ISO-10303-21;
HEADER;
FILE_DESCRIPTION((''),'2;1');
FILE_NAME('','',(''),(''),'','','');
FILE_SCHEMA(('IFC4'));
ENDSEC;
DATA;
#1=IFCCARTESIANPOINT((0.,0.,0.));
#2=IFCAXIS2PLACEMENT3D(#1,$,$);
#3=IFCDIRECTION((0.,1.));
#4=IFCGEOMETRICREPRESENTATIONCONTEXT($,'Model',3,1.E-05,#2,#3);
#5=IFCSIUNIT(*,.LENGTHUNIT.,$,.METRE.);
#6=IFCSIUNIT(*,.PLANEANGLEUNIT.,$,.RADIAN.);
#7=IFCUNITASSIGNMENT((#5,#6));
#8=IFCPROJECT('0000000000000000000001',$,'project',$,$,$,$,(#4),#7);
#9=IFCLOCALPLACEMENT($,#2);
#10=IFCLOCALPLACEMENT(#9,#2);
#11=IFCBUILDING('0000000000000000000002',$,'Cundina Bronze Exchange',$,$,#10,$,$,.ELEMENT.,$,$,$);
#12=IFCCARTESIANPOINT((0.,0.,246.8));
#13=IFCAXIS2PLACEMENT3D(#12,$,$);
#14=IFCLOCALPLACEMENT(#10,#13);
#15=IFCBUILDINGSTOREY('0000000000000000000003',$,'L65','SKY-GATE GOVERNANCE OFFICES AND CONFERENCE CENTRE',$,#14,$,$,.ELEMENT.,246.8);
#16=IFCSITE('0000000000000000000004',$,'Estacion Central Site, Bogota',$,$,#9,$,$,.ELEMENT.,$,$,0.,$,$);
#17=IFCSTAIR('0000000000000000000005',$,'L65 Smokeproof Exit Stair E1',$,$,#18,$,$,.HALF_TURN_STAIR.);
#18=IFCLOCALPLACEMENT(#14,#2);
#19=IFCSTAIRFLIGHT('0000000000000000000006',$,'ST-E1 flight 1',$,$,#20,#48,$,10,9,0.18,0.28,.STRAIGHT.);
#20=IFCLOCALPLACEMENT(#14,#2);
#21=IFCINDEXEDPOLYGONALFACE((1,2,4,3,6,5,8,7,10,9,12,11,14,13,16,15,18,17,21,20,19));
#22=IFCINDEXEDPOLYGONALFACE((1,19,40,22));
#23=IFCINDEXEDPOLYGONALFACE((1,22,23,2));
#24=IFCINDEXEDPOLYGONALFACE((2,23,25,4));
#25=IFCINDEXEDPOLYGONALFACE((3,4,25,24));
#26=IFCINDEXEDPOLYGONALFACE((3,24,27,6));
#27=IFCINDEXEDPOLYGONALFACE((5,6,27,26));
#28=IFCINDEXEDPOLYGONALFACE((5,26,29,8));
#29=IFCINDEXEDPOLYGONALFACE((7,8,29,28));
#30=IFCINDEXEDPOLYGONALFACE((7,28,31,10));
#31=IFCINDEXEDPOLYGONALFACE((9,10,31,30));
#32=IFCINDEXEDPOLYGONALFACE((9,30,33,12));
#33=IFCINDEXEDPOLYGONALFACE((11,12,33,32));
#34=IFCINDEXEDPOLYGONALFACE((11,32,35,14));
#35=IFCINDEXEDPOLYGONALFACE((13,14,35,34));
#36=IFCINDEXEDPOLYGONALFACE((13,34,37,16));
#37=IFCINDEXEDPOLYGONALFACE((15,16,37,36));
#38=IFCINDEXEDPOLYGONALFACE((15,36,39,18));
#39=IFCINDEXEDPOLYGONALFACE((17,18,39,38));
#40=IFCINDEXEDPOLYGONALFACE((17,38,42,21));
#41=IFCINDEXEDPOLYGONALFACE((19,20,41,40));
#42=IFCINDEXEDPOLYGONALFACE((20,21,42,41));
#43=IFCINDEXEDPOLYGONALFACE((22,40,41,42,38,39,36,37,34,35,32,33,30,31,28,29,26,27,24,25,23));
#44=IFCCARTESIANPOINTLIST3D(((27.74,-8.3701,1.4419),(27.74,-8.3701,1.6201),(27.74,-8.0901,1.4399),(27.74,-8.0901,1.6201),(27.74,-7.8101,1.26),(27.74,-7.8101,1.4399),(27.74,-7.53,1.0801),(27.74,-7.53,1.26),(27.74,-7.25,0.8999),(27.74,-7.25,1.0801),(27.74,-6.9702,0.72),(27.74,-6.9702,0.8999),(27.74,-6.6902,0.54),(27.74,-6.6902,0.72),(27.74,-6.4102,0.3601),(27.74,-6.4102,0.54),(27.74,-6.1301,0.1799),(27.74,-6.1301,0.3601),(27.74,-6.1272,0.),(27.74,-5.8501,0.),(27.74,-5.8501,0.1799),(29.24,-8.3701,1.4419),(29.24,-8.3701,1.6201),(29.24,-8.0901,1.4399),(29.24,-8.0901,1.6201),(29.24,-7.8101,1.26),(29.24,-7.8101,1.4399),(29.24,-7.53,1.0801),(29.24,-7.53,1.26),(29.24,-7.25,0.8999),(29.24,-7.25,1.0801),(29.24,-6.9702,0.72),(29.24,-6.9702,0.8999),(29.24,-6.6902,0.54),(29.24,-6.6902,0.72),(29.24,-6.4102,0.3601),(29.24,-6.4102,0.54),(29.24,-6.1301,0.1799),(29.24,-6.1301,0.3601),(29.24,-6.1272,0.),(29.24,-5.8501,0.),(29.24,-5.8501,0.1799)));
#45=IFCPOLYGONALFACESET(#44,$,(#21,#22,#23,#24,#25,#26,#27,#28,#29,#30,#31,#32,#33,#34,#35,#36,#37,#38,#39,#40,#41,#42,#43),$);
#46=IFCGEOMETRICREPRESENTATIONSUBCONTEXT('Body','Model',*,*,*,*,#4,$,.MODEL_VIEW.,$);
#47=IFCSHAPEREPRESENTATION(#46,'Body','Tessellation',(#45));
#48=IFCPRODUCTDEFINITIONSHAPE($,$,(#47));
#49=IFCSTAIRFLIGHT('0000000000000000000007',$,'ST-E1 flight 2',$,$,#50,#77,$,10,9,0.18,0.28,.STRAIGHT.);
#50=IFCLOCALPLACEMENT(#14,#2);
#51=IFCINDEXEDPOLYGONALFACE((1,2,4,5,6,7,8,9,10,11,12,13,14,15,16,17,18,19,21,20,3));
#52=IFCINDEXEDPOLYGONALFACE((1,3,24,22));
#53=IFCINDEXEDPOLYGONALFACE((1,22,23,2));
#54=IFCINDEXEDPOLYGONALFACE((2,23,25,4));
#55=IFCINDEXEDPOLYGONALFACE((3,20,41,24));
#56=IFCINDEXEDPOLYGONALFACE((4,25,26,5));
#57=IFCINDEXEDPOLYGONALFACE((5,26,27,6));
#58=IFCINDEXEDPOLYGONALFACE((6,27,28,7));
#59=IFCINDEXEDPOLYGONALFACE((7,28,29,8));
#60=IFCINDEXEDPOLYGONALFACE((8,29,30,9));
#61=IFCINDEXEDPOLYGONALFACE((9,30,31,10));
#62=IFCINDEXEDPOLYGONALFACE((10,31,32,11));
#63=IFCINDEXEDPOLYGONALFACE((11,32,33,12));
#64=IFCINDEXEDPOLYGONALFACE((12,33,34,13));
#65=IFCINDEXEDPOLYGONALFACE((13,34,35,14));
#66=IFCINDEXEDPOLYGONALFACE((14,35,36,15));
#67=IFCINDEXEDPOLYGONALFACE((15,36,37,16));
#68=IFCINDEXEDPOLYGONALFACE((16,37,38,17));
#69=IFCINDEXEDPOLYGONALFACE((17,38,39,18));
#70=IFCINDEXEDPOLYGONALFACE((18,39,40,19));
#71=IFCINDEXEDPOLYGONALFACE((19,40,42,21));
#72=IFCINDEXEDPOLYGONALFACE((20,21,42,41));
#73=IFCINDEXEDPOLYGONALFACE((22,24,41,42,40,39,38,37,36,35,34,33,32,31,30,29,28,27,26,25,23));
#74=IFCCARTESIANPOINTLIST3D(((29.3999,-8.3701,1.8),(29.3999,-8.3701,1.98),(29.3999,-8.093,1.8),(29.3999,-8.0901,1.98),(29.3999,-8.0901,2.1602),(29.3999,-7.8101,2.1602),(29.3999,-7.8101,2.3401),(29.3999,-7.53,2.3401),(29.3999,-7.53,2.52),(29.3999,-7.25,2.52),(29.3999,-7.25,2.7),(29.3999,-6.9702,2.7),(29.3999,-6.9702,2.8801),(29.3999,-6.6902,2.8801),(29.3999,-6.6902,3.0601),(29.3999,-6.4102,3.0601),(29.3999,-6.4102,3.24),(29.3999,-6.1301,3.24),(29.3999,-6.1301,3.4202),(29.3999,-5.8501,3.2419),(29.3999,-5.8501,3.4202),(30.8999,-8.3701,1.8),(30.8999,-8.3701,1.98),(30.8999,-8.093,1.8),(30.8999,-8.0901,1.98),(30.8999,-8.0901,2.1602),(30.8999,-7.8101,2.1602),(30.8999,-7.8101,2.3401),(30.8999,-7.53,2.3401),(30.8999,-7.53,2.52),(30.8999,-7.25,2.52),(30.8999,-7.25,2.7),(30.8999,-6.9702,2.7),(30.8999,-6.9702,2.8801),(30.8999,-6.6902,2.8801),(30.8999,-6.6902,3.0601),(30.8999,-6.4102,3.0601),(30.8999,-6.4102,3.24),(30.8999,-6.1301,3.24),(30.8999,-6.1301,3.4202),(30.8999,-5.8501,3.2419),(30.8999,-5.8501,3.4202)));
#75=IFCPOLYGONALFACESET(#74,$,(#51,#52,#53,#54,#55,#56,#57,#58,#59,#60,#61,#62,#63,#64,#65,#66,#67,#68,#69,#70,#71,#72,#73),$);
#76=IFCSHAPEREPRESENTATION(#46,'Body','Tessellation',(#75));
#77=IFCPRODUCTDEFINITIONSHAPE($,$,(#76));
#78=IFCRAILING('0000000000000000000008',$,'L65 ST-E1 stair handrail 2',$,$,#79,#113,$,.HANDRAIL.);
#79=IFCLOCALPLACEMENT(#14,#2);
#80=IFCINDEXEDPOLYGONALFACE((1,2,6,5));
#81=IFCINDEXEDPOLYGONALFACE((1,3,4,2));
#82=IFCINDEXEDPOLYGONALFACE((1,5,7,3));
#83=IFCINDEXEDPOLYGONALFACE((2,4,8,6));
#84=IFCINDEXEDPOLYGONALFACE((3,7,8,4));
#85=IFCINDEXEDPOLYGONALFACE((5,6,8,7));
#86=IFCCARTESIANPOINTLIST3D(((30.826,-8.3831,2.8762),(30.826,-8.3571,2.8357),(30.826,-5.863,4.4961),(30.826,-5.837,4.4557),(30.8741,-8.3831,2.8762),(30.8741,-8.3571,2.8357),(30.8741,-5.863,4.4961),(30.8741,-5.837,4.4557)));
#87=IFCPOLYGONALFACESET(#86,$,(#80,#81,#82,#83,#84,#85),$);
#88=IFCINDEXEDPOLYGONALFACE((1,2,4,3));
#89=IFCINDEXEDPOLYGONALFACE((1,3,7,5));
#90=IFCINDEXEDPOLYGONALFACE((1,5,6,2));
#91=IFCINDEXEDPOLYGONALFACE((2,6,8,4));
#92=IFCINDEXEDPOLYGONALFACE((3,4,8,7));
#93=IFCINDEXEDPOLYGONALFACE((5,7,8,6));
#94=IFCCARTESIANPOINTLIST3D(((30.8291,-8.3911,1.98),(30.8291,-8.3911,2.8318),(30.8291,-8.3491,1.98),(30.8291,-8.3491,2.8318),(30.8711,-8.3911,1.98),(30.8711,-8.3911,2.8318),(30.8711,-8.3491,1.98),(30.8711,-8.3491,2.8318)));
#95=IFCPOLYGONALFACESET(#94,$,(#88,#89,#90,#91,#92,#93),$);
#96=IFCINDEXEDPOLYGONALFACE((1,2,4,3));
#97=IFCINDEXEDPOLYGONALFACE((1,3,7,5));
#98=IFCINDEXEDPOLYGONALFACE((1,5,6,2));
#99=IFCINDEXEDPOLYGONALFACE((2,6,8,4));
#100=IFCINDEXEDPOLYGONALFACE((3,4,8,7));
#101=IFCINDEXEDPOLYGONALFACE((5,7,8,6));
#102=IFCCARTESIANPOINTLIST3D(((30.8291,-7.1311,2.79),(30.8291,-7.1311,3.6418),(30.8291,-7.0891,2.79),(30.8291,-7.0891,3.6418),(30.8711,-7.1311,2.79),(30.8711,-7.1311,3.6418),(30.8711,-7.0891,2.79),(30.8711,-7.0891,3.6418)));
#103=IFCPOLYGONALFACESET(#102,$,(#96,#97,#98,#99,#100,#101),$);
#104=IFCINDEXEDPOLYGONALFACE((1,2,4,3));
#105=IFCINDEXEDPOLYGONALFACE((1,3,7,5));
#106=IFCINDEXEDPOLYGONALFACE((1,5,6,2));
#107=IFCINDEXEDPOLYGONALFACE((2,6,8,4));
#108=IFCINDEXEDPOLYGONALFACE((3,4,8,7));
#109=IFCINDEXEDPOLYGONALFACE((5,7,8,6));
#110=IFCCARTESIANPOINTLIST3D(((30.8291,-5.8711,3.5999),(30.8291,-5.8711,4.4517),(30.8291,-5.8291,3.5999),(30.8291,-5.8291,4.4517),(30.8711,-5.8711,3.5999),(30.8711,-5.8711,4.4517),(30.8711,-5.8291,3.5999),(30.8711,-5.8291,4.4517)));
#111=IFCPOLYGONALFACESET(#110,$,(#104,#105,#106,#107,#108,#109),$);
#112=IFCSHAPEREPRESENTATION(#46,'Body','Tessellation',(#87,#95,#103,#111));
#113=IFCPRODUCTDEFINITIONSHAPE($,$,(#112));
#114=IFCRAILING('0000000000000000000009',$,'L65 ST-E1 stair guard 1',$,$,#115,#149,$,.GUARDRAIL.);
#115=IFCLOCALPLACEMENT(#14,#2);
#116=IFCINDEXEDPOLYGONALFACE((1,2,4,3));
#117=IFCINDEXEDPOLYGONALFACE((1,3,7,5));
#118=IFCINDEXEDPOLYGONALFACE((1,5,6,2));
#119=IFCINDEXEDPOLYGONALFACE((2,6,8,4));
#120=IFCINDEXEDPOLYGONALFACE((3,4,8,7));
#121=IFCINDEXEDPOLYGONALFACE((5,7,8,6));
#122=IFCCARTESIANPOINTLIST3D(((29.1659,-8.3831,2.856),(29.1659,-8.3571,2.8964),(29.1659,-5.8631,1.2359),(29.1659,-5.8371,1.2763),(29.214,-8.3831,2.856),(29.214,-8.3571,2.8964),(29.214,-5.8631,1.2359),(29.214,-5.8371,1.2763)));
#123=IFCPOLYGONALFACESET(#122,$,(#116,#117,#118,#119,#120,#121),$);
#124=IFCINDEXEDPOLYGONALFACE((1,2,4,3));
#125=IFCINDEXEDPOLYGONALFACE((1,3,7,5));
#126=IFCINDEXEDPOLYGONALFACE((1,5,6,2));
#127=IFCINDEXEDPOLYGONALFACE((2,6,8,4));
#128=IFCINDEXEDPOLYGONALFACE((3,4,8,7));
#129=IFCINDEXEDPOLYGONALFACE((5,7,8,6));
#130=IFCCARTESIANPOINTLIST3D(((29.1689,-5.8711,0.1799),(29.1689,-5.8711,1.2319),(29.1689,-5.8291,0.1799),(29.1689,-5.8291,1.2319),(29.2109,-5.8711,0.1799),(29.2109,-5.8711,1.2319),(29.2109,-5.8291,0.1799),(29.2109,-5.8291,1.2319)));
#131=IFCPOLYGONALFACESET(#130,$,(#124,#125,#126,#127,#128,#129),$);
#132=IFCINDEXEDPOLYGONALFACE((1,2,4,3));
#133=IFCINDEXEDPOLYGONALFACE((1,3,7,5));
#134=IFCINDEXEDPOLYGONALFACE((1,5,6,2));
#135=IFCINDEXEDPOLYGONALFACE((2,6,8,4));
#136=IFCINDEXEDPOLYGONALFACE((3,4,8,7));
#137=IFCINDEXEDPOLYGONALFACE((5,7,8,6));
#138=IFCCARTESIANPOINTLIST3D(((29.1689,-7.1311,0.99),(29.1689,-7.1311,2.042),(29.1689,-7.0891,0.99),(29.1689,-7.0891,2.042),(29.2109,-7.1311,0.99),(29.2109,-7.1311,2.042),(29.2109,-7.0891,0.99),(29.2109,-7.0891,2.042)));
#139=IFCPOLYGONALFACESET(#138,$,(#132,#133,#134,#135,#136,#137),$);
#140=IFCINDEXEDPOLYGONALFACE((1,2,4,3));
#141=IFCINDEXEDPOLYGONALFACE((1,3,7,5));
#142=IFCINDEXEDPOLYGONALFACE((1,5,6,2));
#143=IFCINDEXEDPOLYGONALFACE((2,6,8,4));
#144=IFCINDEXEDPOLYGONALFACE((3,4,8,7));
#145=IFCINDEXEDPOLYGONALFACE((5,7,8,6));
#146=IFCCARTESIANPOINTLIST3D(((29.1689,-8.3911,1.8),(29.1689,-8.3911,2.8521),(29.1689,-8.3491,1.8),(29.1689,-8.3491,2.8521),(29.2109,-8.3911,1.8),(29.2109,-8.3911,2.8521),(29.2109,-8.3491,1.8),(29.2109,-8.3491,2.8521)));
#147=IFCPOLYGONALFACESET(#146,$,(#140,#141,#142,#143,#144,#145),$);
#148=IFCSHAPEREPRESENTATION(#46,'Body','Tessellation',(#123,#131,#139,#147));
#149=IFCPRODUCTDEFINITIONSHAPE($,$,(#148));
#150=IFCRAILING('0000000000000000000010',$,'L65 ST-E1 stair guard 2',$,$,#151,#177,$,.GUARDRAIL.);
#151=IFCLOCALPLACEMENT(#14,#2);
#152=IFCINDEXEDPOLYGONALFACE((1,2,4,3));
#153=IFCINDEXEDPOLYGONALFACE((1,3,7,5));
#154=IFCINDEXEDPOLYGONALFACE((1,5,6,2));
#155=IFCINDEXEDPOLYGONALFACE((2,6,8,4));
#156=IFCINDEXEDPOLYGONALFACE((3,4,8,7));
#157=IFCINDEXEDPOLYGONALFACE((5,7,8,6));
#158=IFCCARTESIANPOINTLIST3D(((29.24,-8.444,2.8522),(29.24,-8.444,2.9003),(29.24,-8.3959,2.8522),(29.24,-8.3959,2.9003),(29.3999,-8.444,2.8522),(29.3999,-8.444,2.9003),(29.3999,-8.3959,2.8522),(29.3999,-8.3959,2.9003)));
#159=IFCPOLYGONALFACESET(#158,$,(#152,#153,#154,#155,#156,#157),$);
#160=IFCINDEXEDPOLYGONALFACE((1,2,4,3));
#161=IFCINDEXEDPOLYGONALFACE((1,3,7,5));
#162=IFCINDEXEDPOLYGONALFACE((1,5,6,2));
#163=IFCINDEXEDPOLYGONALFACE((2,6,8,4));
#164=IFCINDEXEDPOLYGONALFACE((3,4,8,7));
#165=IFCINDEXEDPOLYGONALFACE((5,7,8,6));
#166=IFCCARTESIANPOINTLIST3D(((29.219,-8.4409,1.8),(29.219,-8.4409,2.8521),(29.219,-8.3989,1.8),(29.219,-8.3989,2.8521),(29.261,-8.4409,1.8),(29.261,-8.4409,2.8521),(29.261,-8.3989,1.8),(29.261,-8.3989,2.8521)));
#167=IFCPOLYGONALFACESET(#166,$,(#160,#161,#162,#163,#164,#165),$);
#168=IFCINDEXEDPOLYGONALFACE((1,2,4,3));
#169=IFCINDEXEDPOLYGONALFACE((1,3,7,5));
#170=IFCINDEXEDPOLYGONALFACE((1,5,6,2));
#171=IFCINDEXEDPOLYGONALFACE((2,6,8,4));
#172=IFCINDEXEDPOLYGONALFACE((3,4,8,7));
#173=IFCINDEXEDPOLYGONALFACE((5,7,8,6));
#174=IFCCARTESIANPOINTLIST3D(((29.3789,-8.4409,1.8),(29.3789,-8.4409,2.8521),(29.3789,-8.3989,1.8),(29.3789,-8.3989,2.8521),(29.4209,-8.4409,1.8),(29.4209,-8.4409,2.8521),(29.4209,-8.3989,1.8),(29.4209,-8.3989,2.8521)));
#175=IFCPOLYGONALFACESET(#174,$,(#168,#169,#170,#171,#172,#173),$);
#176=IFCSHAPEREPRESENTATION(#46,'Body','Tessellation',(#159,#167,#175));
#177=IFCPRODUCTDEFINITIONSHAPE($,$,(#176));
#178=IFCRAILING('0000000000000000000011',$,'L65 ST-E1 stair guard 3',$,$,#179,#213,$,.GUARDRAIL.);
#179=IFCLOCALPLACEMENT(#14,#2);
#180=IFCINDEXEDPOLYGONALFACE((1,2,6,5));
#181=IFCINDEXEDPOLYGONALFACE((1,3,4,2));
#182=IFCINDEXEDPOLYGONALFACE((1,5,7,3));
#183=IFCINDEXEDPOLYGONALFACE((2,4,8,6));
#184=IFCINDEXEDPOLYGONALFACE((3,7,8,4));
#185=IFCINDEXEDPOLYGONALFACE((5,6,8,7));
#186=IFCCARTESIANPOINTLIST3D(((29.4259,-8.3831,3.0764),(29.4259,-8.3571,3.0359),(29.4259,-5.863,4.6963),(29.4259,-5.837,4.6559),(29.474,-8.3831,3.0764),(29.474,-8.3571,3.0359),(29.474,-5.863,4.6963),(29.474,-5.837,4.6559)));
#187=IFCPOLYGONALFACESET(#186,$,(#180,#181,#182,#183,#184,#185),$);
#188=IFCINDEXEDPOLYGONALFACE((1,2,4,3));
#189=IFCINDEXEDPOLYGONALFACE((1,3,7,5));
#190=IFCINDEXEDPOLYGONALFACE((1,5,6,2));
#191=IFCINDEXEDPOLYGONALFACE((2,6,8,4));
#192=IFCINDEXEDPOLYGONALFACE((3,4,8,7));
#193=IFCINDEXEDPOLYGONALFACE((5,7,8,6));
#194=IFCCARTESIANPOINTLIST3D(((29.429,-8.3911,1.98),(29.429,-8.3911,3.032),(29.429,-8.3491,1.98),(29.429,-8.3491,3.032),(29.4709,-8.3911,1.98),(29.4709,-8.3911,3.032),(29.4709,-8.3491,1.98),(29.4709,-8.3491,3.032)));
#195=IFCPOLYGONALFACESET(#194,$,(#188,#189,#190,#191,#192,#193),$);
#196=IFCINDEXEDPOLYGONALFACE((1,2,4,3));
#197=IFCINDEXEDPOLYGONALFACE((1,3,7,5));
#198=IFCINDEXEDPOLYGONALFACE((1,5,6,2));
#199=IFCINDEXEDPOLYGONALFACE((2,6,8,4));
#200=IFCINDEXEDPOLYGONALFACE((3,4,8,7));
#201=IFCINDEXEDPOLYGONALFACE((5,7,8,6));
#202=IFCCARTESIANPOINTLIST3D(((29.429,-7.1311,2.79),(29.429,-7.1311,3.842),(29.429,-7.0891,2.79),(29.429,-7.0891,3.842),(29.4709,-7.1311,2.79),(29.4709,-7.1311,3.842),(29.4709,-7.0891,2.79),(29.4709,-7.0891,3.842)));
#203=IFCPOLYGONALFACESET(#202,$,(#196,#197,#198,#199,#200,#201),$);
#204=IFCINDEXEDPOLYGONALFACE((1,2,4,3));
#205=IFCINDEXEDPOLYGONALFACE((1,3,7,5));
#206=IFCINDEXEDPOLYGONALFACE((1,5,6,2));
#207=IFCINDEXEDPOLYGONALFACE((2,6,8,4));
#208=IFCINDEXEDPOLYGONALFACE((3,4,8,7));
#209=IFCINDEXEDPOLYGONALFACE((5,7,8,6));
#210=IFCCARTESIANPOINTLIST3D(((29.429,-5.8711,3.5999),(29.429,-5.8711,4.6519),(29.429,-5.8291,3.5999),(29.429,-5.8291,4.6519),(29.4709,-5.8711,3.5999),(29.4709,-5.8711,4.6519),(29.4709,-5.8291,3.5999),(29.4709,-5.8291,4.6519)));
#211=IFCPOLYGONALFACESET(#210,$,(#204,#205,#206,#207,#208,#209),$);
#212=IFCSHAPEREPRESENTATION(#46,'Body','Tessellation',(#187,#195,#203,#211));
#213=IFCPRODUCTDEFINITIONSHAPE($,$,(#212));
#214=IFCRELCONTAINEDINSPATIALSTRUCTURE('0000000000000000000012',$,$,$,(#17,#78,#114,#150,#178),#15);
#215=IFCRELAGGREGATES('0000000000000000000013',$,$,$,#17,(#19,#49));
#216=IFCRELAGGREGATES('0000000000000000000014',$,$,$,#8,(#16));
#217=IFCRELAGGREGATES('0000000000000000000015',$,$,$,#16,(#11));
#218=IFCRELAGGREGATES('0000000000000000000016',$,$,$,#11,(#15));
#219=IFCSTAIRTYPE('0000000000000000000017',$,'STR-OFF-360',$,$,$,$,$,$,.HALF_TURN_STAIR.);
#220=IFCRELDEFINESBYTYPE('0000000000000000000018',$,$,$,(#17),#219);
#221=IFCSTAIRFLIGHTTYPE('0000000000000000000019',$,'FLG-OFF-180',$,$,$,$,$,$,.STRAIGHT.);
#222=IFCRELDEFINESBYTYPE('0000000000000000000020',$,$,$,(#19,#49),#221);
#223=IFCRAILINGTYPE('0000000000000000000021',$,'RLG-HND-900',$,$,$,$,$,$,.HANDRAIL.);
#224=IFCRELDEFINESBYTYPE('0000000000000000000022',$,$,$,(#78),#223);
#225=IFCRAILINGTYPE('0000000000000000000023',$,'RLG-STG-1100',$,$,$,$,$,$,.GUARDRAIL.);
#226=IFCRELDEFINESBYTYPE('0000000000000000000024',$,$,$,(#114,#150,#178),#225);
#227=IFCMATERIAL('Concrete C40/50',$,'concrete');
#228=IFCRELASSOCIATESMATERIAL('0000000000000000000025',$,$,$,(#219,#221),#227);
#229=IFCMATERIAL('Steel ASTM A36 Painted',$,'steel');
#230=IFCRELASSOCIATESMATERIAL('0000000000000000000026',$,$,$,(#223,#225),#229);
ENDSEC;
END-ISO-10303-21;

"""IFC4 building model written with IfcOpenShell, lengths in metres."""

from ifc_helpers import new_model, si_unit, direction, frame, origin, origin_2d, place, context, subcontext, project, spatial, polyline, rectangle, outline, extrude, material, type_object, element, aggregate, save


model = new_model("IFC4")

# Units and contexts
model_context = context("Model", 3, precision=1e-05, world=origin(), true_north=direction((0.0, 1.0)))
body_context = subcontext(model_context, "Body", "Model", "MODEL_VIEW")
ifc_project = project(units=[si_unit("LENGTHUNIT", "METRE"), si_unit("PLANEANGLEUNIT", "RADIAN")], contexts=[model_context])

# Site, building, storey
site_placement = place(None, origin())
site = spatial("IfcSite", under=ifc_project, at=site_placement, Name="Estacion Central Site, Bogota", CompositionType="ELEMENT", RefElevation=0.0)
building_placement = place(site_placement, origin())
building = spatial("IfcBuilding", under=site, at=building_placement, Name="Cundina Bronze Exchange", CompositionType="ELEMENT")
storey_placement = place(building_placement, frame((0.0, 0.0, 246.8)))
storey = spatial("IfcBuildingStorey", under=building, at=storey_placement, Name="L65", Description="SKY-GATE GOVERNANCE OFFICES AND CONFERENCE CENTRE", CompositionType="ELEMENT", Elevation=246.8)

# Shared definitions
ifc_material_1 = material(Name="Steel ASTM A36 Painted", Category="steel")

# Stair, stair flights
ifc_material_2 = material(Name="Concrete C40/50", Category="concrete")
stair_type = type_object("IfcStairType", Name="STR-OFF-360", PredefinedType="HALF_TURN_STAIR", material=ifc_material_2)
stair_placement = place(storey_placement, origin())
stair = element("IfcStair", 1, at=stair_placement, inside=storey, type_object=stair_type, Name="L65 Smokeproof Exit Stair E1", PredefinedType="HALF_TURN_STAIR")
stair_flight_type = type_object("IfcStairFlightType", Name="FLG-OFF-180", PredefinedType="STRAIGHT", material=ifc_material_2)
stair_flight_1_placement = place(storey_placement, frame((28.49, -5.8501, 0.0), z_axis=(0.0, 0.0, 1.0), x_axis=(0.0, -1.0, 0.0)))
stair_flight_1 = element("IfcStairFlight", 2, at=stair_flight_1_placement, type_object=stair_flight_type, Name="ST-E1 flight 1", NumberOfRisers=10, NumberOfTreads=9, PredefinedType="STRAIGHT", RiserHeight=0.18, TreadLength=0.28, context=body_context, shape_type="SweptSolid", body=[
    extrude(outline(polyline([(0.0, 0.0), (0.0, 0.1799), (0.28, 0.1799), (0.28, 0.3601), (0.5601, 0.3601), (0.5601, 0.54), (0.8401, 0.54), (0.8401, 0.72), (1.1201, 0.72), (1.1201, 0.8999), (1.3999, 0.8999), (1.3999, 1.0801), (1.6799, 1.0801), (1.6799, 1.26), (1.96, 1.26), (1.96, 1.4399), (2.24, 1.4399), (2.24, 1.6201), (2.52, 1.6201), (2.52, 1.8), (2.52, 1.4419), (0.2771, 0.0), (0.0, 0.0)])), frame((0.0, 0.75, 0.0), z_axis=(0.0, -1.0, 0.0), x_axis=(1.0, 0.0, 0.0)), (0.0, 0.0, 1.0), 1.5),
])
stair_flight_2_placement = place(storey_placement, frame((30.1499, -8.3701, 1.8), z_axis=(0.0, 0.0, 1.0), x_axis=(0.0, 1.0, 0.0)))
stair_flight_2 = element("IfcStairFlight", 3, at=stair_flight_2_placement, type_object=stair_flight_type, Name="ST-E1 flight 2", NumberOfRisers=10, NumberOfTreads=9, PredefinedType="STRAIGHT", RiserHeight=0.18, TreadLength=0.28, context=body_context, shape_type="SweptSolid", body=[
    extrude(outline(polyline([(0.0, 0.0), (0.0, 0.1799), (0.28, 0.1799), (0.28, 0.3601), (0.5601, 0.3601), (0.5601, 0.54), (0.8401, 0.54), (0.8401, 0.72), (1.1201, 0.72), (1.1201, 0.8999), (1.3999, 0.8999), (1.3999, 1.0801), (1.6799, 1.0801), (1.6799, 1.26), (1.96, 1.26), (1.96, 1.4399), (2.24, 1.4399), (2.24, 1.6201), (2.52, 1.6201), (2.52, 1.8), (2.52, 1.4419), (0.2771, 0.0), (0.0, 0.0)])), frame((0.0, 0.75, 0.0), z_axis=(0.0, -1.0, 0.0), x_axis=(1.0, 0.0, 0.0)), (0.0, 0.0, 1.0), 1.5),
])
aggregate(stair, [stair_flight_1, stair_flight_2])

# Railings
railing_type_1 = type_object("IfcRailingType", Name="RLG-HND-900", PredefinedType="HANDRAIL", material=ifc_material_1)
railing_1_placement = place(storey_placement, frame((30.8501, -8.3701, 1.98)))
element("IfcRailing", 4, at=railing_1_placement, inside=storey, type_object=railing_type_1, Name="L65 ST-E1 stair handrail 2", PredefinedType="HANDRAIL", context=body_context, shape_type="SweptSolid", body=[
    extrude(rectangle(XDim=0.0481, YDim=0.0481, at=origin_2d()), frame((0.0, 0.0, 0.876), z_axis=(0.0, 0.8412, 0.540725), x_axis=(-1.0, 0.0, 0.0)), (0.0, 0.0, 1.0), 2.9958),
    extrude(rectangle(XDim=0.042, YDim=0.042, at=origin_2d()), origin(), (0.0, 0.0, 1.0), 0.8518),
    extrude(rectangle(XDim=0.042, YDim=0.042, at=origin_2d()), frame((0.0, 1.26, 0.8101)), (0.0, 0.0, 1.0), 0.8518),
    extrude(rectangle(XDim=0.042, YDim=0.042, at=origin_2d()), frame((0.0, 2.52, 1.6199)), (0.0, 0.0, 1.0), 0.8518),
])
railing_type_2 = type_object("IfcRailingType", Name="RLG-STG-1100", PredefinedType="GUARDRAIL", material=ifc_material_1)
railing_2_placement = place(storey_placement, frame((29.1899, -5.8501, 0.1799)))
element("IfcRailing", 5, at=railing_2_placement, inside=storey, type_object=railing_type_2, Name="L65 ST-E1 stair guard 1", PredefinedType="GUARDRAIL", context=body_context, shape_type="SweptSolid", body=[
    extrude(rectangle(XDim=0.0481, YDim=0.0481, at=origin_2d()), frame((0.0, 0.0, 1.0762), z_axis=(0.0, -0.841163, 0.540782), x_axis=(1.0, 0.0, 0.0)), (0.0, 0.0, 1.0), 2.9958),
    extrude(rectangle(XDim=0.042, YDim=0.042, at=origin_2d()), origin(), (0.0, 0.0, 1.0), 1.052),
    extrude(rectangle(XDim=0.042, YDim=0.042, at=origin_2d()), frame((0.0, -1.26, 0.8101)), (0.0, 0.0, 1.0), 1.052),
    extrude(rectangle(XDim=0.042, YDim=0.042, at=origin_2d()), frame((0.0, -2.52, 1.6201)), (0.0, 0.0, 1.0), 1.052),
])
railing_3_placement = place(storey_placement, frame((29.24, -8.4199, 1.8)))
element("IfcRailing", 6, at=railing_3_placement, inside=storey, type_object=railing_type_2, Name="L65 ST-E1 stair guard 2", PredefinedType="GUARDRAIL", context=body_context, shape_type="SweptSolid", body=[
    extrude(rectangle(XDim=0.0481, YDim=0.0481, at=origin_2d()), frame((0.0, 0.0, 1.0762), z_axis=(1.0, 0.0, 0.0), x_axis=(0.0, 1.0, 0.0)), (0.0, 0.0, 1.0), 0.1599),
    extrude(rectangle(XDim=0.042, YDim=0.042, at=origin_2d()), origin(), (0.0, 0.0, 1.0), 1.052),
    extrude(rectangle(XDim=0.042, YDim=0.042, at=origin_2d()), frame((0.1599, 0.0, 0.0)), (0.0, 0.0, 1.0), 1.052),
])
railing_4_placement = place(storey_placement, frame((29.45, -8.3701, 1.98)))
element("IfcRailing", 7, at=railing_4_placement, inside=storey, type_object=railing_type_2, Name="L65 ST-E1 stair guard 3", PredefinedType="GUARDRAIL", context=body_context, shape_type="SweptSolid", body=[
    extrude(rectangle(XDim=0.0481, YDim=0.0481, at=origin_2d()), frame((0.0, 0.0, 1.0762), z_axis=(0.0, 0.8412, 0.540725), x_axis=(-1.0, 0.0, 0.0)), (0.0, 0.0, 1.0), 2.9958),
    extrude(rectangle(XDim=0.042, YDim=0.042, at=origin_2d()), origin(), (0.0, 0.0, 1.0), 1.052),
    extrude(rectangle(XDim=0.042, YDim=0.042, at=origin_2d()), frame((0.0, 1.26, 0.8101)), (0.0, 0.0, 1.0), 1.052),
    extrude(rectangle(XDim=0.042, YDim=0.042, at=origin_2d()), frame((0.0, 2.52, 1.6199)), (0.0, 0.0, 1.0), 1.052),
])

save(model, "model.ifc")
